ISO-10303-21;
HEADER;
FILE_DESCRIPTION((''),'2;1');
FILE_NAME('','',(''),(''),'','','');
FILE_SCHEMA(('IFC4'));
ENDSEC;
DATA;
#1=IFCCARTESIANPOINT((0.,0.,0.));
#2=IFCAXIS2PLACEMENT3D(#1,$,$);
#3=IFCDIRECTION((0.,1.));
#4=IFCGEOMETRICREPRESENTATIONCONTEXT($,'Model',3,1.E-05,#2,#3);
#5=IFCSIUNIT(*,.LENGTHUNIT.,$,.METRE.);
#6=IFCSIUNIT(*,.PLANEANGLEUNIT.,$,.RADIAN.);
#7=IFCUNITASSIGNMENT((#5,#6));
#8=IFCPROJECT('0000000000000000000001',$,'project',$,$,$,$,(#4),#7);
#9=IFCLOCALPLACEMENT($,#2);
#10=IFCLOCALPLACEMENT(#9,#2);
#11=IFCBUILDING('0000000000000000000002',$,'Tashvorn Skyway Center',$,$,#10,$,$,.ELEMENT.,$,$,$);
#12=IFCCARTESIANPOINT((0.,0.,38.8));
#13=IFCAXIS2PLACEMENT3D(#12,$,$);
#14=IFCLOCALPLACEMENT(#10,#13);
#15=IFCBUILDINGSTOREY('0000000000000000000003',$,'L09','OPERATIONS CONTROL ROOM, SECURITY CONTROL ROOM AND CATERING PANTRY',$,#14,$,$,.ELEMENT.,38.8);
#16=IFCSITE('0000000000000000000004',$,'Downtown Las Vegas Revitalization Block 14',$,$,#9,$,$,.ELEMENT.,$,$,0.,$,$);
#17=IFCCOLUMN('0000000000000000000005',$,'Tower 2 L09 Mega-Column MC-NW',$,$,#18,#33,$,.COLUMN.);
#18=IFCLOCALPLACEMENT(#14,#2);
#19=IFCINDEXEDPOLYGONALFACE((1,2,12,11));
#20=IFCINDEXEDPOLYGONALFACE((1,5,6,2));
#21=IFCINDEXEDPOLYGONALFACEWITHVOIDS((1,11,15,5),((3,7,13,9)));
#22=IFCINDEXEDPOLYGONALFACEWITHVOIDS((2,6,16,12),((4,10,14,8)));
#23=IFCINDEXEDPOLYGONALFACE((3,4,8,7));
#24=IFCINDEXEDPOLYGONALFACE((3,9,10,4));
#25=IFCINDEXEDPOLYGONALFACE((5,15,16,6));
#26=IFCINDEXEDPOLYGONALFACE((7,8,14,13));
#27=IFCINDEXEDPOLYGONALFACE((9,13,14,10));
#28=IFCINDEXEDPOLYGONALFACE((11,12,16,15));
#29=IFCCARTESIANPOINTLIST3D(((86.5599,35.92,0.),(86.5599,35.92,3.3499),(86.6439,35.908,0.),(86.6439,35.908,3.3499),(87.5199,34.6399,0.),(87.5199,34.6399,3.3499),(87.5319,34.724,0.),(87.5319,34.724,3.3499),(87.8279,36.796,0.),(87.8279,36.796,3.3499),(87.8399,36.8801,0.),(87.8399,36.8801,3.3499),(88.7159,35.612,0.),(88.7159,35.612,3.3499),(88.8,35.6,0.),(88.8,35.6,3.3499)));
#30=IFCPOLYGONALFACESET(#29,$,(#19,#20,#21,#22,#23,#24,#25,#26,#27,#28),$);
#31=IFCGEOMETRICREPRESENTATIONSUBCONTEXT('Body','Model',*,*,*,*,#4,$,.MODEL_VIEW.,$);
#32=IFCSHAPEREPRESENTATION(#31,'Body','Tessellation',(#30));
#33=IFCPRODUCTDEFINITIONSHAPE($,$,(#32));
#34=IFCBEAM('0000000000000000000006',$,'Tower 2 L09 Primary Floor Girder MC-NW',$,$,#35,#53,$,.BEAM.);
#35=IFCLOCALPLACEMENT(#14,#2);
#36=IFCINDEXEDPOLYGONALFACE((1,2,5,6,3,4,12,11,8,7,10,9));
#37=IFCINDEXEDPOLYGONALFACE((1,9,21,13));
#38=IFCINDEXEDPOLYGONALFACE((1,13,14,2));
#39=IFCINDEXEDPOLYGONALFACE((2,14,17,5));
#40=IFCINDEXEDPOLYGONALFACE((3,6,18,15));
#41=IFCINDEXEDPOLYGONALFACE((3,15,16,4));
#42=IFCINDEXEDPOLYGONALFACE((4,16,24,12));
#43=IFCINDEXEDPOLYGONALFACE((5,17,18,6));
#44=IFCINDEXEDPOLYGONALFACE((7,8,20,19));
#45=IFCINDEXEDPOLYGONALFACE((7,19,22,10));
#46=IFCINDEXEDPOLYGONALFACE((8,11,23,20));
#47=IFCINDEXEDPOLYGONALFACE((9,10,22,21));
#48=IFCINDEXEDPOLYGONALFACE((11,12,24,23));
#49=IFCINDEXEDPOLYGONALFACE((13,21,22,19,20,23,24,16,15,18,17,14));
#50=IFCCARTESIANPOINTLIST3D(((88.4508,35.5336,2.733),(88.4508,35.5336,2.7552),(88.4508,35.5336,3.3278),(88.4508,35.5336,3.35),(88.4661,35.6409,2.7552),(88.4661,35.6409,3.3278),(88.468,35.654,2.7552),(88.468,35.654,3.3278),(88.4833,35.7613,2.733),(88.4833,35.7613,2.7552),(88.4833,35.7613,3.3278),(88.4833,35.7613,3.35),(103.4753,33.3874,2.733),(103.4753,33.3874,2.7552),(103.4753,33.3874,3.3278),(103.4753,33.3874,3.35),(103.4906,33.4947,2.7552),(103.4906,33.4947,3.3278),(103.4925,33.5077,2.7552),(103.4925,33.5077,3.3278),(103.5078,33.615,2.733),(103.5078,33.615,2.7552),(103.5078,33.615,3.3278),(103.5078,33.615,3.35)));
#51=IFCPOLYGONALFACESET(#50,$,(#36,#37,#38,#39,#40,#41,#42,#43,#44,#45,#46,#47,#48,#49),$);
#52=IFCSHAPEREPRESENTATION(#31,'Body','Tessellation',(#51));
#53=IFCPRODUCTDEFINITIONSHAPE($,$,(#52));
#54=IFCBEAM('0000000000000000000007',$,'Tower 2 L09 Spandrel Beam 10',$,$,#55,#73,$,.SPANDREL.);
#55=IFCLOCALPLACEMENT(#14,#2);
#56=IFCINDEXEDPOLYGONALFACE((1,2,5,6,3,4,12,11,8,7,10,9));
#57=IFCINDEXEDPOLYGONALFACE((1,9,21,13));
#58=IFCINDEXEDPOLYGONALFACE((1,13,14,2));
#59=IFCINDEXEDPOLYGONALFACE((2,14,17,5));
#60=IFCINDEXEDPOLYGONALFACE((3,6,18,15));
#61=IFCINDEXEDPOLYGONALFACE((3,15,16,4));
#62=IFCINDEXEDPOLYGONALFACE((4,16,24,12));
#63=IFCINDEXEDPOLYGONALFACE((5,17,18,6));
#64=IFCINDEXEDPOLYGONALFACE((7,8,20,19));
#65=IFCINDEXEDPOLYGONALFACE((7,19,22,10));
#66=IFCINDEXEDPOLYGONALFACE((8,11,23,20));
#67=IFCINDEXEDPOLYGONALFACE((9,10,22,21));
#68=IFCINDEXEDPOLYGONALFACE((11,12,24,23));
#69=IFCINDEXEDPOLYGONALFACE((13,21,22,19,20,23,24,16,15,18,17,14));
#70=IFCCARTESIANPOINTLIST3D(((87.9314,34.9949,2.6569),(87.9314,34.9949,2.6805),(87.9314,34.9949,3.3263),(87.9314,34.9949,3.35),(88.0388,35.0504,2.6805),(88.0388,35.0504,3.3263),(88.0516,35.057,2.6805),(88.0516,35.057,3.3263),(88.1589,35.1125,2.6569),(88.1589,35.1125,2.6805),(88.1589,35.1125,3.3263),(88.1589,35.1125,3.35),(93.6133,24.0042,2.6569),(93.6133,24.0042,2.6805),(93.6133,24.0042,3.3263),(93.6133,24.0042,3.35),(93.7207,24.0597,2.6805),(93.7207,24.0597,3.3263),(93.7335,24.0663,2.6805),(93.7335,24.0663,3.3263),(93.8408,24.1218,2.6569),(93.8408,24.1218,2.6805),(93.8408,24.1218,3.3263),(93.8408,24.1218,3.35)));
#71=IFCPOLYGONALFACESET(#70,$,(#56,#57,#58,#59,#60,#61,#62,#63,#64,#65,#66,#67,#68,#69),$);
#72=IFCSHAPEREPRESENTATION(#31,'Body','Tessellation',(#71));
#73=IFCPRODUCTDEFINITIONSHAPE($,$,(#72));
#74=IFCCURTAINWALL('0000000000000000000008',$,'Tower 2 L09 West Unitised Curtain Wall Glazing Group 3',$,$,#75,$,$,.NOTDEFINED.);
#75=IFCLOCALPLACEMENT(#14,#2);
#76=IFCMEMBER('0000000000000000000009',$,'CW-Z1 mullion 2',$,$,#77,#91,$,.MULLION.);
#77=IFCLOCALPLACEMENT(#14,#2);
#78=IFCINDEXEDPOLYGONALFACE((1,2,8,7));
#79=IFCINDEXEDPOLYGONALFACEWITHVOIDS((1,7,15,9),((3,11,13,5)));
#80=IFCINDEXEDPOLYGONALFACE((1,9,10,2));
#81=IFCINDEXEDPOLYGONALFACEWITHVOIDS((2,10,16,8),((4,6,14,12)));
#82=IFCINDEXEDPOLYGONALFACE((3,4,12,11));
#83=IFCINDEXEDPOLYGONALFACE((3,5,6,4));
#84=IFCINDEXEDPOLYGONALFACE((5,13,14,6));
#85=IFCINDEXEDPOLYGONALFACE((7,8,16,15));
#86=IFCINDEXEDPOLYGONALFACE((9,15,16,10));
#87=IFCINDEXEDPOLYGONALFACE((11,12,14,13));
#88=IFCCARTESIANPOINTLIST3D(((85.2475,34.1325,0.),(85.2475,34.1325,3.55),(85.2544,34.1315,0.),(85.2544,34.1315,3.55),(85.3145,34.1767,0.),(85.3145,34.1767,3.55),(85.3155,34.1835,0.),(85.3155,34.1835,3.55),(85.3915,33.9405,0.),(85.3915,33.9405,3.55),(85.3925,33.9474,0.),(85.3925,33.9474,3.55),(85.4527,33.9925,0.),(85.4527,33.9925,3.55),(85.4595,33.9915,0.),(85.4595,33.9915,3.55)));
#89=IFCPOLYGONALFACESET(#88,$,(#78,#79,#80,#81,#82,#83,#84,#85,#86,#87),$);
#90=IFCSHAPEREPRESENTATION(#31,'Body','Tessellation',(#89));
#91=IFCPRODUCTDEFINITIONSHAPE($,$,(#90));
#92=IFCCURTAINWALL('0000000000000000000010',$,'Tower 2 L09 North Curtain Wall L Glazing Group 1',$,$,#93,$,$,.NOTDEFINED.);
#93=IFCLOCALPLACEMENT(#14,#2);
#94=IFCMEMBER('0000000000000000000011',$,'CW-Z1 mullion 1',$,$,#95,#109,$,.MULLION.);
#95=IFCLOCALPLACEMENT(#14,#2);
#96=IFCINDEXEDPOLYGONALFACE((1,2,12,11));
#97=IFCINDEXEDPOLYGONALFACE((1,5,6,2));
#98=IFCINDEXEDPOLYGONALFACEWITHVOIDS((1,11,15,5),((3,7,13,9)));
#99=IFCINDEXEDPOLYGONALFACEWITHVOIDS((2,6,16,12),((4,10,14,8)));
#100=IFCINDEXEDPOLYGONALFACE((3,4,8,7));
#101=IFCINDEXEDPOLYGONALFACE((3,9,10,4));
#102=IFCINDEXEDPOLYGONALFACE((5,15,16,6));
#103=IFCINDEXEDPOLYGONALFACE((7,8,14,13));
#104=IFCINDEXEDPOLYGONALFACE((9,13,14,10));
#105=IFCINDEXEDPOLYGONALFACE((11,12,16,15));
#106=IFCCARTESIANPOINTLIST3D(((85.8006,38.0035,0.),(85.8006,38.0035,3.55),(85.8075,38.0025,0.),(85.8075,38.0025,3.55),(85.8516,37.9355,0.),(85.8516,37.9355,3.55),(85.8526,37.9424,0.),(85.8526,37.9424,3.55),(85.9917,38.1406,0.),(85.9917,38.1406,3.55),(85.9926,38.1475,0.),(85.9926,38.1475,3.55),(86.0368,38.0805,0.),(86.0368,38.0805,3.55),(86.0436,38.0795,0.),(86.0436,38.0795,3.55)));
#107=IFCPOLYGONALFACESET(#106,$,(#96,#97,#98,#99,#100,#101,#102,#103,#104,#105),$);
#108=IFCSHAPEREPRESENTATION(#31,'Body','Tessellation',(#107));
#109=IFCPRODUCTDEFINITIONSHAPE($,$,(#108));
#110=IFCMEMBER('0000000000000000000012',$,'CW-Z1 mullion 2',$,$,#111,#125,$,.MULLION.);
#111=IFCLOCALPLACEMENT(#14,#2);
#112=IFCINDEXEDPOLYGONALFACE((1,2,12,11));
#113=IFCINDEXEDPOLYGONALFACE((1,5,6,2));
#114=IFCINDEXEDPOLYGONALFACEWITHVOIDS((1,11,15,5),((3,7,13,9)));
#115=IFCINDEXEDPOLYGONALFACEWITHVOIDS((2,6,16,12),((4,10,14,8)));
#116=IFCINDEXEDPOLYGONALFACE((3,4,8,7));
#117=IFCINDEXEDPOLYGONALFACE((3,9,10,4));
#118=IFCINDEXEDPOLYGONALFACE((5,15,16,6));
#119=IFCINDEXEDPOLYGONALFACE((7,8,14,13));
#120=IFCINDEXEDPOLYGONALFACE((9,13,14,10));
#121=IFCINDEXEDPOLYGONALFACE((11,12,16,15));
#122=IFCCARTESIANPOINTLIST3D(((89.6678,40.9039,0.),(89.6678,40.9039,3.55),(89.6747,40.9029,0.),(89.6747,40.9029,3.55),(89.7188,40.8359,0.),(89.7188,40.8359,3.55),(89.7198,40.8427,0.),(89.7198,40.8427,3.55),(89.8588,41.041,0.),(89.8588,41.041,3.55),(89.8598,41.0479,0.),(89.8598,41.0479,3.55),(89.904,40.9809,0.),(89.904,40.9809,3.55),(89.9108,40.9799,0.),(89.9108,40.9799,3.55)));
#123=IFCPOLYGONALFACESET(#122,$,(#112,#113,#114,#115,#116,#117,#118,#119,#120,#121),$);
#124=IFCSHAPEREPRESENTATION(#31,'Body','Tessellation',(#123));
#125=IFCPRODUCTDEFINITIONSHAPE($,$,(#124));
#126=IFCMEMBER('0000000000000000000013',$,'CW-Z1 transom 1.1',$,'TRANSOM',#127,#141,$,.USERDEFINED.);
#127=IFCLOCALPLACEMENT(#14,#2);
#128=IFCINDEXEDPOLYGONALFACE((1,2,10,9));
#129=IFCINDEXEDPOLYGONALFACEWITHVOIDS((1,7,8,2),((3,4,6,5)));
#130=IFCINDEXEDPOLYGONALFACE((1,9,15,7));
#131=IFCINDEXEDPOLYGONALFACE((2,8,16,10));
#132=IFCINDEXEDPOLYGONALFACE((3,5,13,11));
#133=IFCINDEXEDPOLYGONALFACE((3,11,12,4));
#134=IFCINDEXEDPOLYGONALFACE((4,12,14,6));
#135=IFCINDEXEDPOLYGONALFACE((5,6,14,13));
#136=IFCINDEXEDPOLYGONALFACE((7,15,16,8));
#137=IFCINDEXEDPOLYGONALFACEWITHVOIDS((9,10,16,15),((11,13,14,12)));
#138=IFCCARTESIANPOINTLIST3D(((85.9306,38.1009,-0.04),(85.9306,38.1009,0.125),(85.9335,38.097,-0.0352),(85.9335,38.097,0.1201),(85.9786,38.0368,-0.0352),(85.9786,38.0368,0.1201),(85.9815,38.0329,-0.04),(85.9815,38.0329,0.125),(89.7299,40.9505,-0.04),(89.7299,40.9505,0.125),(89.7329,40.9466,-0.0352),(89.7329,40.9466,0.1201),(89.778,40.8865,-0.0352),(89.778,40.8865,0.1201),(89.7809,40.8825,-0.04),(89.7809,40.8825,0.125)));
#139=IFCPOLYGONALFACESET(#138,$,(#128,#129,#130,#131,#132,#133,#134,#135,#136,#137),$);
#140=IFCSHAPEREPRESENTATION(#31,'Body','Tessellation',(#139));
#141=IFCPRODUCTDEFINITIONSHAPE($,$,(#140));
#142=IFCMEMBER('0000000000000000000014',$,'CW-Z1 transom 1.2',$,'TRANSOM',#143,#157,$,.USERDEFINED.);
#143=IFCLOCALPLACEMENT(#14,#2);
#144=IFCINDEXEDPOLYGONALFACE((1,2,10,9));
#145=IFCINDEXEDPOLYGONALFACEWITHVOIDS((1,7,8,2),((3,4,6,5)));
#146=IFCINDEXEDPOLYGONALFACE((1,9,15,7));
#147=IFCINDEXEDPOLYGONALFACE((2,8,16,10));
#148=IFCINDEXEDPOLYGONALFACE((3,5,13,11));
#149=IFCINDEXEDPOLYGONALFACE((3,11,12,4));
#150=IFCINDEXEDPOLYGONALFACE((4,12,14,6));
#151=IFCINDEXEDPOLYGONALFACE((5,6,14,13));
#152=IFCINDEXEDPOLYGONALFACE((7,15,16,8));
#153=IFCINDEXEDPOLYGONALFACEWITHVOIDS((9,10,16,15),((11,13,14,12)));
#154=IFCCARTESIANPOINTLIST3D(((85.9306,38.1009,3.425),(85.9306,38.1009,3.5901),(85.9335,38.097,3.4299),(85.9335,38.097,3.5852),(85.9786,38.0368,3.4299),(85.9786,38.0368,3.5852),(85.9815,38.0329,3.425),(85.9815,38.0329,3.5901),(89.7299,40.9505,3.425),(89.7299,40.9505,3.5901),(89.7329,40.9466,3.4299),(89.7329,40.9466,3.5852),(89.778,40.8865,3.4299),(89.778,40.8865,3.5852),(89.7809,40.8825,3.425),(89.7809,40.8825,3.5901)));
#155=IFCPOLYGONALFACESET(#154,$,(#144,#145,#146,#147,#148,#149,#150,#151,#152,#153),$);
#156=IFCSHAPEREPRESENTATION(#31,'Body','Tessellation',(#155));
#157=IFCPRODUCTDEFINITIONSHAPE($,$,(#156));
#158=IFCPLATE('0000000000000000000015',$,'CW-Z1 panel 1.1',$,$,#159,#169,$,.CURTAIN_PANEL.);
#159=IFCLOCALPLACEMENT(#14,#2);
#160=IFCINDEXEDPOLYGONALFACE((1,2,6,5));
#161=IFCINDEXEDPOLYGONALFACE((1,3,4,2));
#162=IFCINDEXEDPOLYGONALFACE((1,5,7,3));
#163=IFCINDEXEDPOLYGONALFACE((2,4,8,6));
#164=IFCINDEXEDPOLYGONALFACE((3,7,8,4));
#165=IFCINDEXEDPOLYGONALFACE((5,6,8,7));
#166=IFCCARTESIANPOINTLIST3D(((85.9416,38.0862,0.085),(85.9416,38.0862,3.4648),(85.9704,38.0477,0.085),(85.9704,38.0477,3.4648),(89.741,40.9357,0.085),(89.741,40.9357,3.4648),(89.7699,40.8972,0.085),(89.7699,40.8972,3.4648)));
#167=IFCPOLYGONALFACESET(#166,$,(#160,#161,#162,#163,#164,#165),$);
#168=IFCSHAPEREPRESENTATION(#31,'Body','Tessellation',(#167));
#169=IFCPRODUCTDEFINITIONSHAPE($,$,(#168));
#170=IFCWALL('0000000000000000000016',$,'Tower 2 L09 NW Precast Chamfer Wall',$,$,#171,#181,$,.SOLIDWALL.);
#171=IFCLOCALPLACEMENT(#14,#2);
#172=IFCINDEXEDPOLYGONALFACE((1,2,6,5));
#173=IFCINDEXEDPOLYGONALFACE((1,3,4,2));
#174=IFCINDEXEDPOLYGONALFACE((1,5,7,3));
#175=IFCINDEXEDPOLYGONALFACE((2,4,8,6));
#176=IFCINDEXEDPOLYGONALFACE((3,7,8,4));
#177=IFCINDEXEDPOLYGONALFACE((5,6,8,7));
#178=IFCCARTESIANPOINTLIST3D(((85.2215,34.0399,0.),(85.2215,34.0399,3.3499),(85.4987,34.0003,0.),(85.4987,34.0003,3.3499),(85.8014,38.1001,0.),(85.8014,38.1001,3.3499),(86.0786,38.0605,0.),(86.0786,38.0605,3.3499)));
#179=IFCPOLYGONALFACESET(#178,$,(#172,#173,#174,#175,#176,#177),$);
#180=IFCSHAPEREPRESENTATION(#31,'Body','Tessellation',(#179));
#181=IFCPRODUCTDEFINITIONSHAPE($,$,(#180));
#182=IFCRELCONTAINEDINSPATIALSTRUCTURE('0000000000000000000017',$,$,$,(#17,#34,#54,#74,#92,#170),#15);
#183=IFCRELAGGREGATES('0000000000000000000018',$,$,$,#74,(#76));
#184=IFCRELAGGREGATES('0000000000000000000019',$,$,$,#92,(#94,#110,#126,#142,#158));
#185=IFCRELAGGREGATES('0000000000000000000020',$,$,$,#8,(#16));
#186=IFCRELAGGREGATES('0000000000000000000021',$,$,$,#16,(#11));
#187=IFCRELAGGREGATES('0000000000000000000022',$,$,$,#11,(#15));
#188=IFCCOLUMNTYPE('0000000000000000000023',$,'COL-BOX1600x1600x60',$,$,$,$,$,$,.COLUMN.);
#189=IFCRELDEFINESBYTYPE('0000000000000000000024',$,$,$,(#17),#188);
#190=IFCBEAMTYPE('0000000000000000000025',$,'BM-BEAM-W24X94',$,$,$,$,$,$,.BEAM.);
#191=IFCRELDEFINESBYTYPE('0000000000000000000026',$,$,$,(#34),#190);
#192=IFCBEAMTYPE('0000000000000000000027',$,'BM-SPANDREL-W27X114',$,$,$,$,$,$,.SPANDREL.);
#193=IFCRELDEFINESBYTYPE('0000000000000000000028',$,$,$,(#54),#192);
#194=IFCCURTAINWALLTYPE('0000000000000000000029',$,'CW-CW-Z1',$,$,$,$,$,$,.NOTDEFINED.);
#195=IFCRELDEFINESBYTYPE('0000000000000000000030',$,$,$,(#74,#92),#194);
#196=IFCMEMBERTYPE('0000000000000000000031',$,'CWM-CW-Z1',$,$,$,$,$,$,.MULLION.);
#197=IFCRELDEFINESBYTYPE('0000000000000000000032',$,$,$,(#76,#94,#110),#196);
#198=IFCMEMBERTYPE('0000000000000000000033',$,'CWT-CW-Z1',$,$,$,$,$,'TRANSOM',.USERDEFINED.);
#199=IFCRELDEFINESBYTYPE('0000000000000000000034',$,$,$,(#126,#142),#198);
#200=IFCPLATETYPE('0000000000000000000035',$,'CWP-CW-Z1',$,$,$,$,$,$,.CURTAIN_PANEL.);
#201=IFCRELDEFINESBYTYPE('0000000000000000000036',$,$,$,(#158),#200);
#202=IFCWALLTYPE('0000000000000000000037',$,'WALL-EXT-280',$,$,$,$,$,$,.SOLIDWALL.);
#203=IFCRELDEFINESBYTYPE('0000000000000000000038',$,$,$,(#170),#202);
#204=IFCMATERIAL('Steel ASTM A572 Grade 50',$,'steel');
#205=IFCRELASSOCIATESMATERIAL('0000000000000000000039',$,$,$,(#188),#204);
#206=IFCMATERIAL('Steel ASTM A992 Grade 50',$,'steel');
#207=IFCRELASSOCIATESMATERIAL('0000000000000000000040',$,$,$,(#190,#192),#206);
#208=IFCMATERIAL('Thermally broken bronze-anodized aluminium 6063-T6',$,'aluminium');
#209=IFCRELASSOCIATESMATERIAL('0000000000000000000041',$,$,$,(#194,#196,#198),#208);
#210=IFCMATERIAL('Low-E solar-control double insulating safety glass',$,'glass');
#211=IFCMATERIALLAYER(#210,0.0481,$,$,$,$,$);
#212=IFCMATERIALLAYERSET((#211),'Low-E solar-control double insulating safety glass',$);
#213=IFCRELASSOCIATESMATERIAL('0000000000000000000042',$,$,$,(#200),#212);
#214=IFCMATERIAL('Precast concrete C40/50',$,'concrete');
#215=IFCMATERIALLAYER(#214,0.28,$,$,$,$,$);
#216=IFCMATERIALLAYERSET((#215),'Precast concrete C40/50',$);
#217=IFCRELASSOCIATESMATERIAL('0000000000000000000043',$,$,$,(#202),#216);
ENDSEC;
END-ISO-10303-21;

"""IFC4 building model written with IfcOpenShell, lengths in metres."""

from ifc_helpers import new_model, si_unit, direction, frame, frame_2d, origin, origin_2d, place, context, subcontext, project, spatial, rectangle, hollow_rectangle, i_section, extrude, material, layer, layer_set, material_profile, profile_set, type_object, element, aggregate, save


model = new_model("IFC4")

# Units and contexts
model_context = context("Model", 3, precision=1e-05, world=origin(), true_north=direction((0.0, 1.0)))
body_context = subcontext(model_context, "Body", "Model", "MODEL_VIEW")
ifc_project = project(units=[si_unit("LENGTHUNIT", "METRE"), si_unit("PLANEANGLEUNIT", "RADIAN")], contexts=[model_context])

# Site, building, storey
site_placement = place(None, origin())
site = spatial("IfcSite", under=ifc_project, at=site_placement, Name="Downtown Las Vegas Revitalization Block 14", CompositionType="ELEMENT", RefElevation=0.0)
building_placement = place(site_placement, origin())
building = spatial("IfcBuilding", under=site, at=building_placement, Name="Tashvorn Skyway Center", CompositionType="ELEMENT")
storey_placement = place(building_placement, frame((0.0, 0.0, 38.8)))
storey = spatial("IfcBuildingStorey", under=building, at=storey_placement, Name="L09", Description="OPERATIONS CONTROL ROOM, SECURITY CONTROL ROOM AND CATERING PANTRY", CompositionType="ELEMENT", Elevation=38.8)

# Column
ifc_material_1 = material(Name="Steel ASTM A572 Grade 50", Category="steel")
ifc_material_profile_1 = material_profile(ifc_material_1, hollow_rectangle(XDim=1.6001, YDim=1.6001, WallThickness=0.0601, at=origin_2d()), Name="BOX1600x1600x60")
ifc_profile_set_1 = profile_set([ifc_material_profile_1], Name="Steel ASTM A572 Grade 50")
column_type = type_object("IfcColumnType", Name="COL-BOX1600x1600x60", PredefinedType="COLUMN", material=ifc_profile_set_1)
column_placement = place(storey_placement, frame((87.6799, 35.76, 0.0), z_axis=(0.0, 0.0, 1.0), x_axis=(0.8, 0.6, 0.0)))
element("IfcColumn", 1, at=column_placement, inside=storey, type_object=column_type, Name="Tower 2 L09 Mega-Column MC-NW", PredefinedType="COLUMN", context=body_context, shape_type="SweptSolid", body=[
    extrude(hollow_rectangle(XDim=1.6001, YDim=1.6001, WallThickness=0.0601, at=origin_2d()), origin(), (0.0, 0.0, 1.0), 3.3499),
])

# Beams
ifc_material_2 = material(Name="Steel ASTM A992 Grade 50", Category="steel")
ifc_material_profile_2 = material_profile(ifc_material_2, i_section(OverallWidth=0.23, OverallDepth=0.6169, WebThickness=0.0132, FlangeThickness=0.0222, at=origin_2d()), Name="W24X94")
ifc_profile_set_2 = profile_set([ifc_material_profile_2], Name="Steel ASTM A992 Grade 50")
beam_type_1 = type_object("IfcBeamType", Name="BM-BEAM-W24X94", PredefinedType="BEAM", material=ifc_profile_set_2)
beam_1_placement = place(storey_placement, frame((88.467, 35.6475, 3.0415), z_axis=(0.98995, -0.141415, 0.0), x_axis=(0.141415, 0.98995, 0.0)))
element("IfcBeam", 2, at=beam_1_placement, inside=storey, type_object=beam_type_1, Name="Tower 2 L09 Primary Floor Girder MC-NW", PredefinedType="BEAM", context=body_context, shape_type="SweptSolid", body=[
    extrude(i_section(OverallWidth=0.23, OverallDepth=0.6169, WebThickness=0.0132, FlangeThickness=0.0222, at=origin_2d()), origin(), (0.0, 0.0, 1.0), 15.177),
])
ifc_material_profile_3 = material_profile(ifc_material_2, i_section(OverallWidth=0.2561, OverallDepth=0.6931, WebThickness=0.0144, FlangeThickness=0.0237, at=origin_2d()), Name="W27X114")
ifc_profile_set_3 = profile_set([ifc_material_profile_3], Name="Steel ASTM A992 Grade 50")
beam_type_2 = type_object("IfcBeamType", Name="BM-SPANDREL-W27X114", PredefinedType="SPANDREL", material=ifc_profile_set_3)
beam_2_placement = place(storey_placement, frame((88.0452, 35.0537, 3.0034), z_axis=(0.459233, -0.888316, 0.0), x_axis=(0.888316, 0.459233, 0.0)))
element("IfcBeam", 3, at=beam_2_placement, inside=storey, type_object=beam_type_2, Name="Tower 2 L09 Spandrel Beam 10", PredefinedType="SPANDREL", context=body_context, shape_type="SweptSolid", body=[
    extrude(i_section(OverallWidth=0.2561, OverallDepth=0.6931, WebThickness=0.0144, FlangeThickness=0.0237, at=origin_2d()), origin(), (0.0, 0.0, 1.0), 12.3726),
])

# Curtain wall, member
ifc_material_3 = material(Name="Thermally broken bronze-anodized aluminium 6063-T6", Category="aluminium")
curtain_wall_type = type_object("IfcCurtainWallType", Name="CW-CW-Z1", PredefinedType="NOTDEFINED", material=ifc_material_3)
curtain_wall_1_placement = place(storey_placement, origin())
curtain_wall_1 = element("IfcCurtainWall", 4, at=curtain_wall_1_placement, inside=storey, type_object=curtain_wall_type, Name="Tower 2 L09 West Unitised Curtain Wall Glazing Group 3", PredefinedType="NOTDEFINED")
ifc_material_profile_4 = material_profile(ifc_material_3, hollow_rectangle(XDim=0.085, YDim=0.24, WallThickness=0.0049, at=origin_2d()), Name="ALU-MULL-85x240")
ifc_profile_set_4 = profile_set([ifc_material_profile_4], Name="Thermally broken bronze-anodized aluminium 6063-T6")
member_type_1 = type_object("IfcMemberType", Name="CWM-CW-Z1", PredefinedType="MULLION", material=ifc_profile_set_4)
member_1_placement = place(storey_placement, frame((85.3535, 34.062, 0.0), z_axis=(0.0, 0.0, 1.0), x_axis=(-0.8, -0.6, 0.0)))
member_1 = element("IfcMember", 5, at=member_1_placement, type_object=member_type_1, Name="CW-Z1 mullion 2", PredefinedType="MULLION", context=body_context, shape_type="SweptSolid", body=[
    extrude(hollow_rectangle(XDim=0.085, YDim=0.24, WallThickness=0.0049, at=origin_2d()), origin(), (0.0, 0.0, 1.0), 3.55),
])
aggregate(curtain_wall_1, [member_1])

# Curtain wall, members, plate
curtain_wall_2_placement = place(storey_placement, origin())
curtain_wall_2 = element("IfcCurtainWall", 6, at=curtain_wall_2_placement, inside=storey, type_object=curtain_wall_type, Name="Tower 2 L09 North Curtain Wall L Glazing Group 1", PredefinedType="NOTDEFINED")
member_2_placement = place(storey_placement, frame((85.9221, 38.0415, 0.0), z_axis=(0.0, 0.0, 1.0), x_axis=(-0.599998, 0.800001, 0.0)))
member_2 = element("IfcMember", 7, at=member_2_placement, type_object=member_type_1, Name="CW-Z1 mullion 1", PredefinedType="MULLION", context=body_context, shape_type="SweptSolid", body=[
    extrude(hollow_rectangle(XDim=0.085, YDim=0.24, WallThickness=0.0049, at=origin_2d()), origin(), (0.0, 0.0, 1.0), 3.55),
])
member_3_placement = place(storey_placement, frame((89.7893, 40.9419, 0.0), z_axis=(0.0, 0.0, 1.0), x_axis=(-0.599998, 0.800001, 0.0)))
member_3 = element("IfcMember", 8, at=member_3_placement, type_object=member_type_1, Name="CW-Z1 mullion 2", PredefinedType="MULLION", context=body_context, shape_type="SweptSolid", body=[
    extrude(hollow_rectangle(XDim=0.085, YDim=0.24, WallThickness=0.0049, at=origin_2d()), origin(), (0.0, 0.0, 1.0), 3.55),
])
ifc_material_profile_5 = material_profile(ifc_material_3, hollow_rectangle(XDim=0.085, YDim=0.165, WallThickness=0.0049, at=origin_2d()), Name="ALU-TRAN-85x165")
ifc_profile_set_5 = profile_set([ifc_material_profile_5], Name="Thermally broken bronze-anodized aluminium 6063-T6")
member_type_2 = type_object("IfcMemberType", Name="CWT-CW-Z1", ElementType="TRANSOM", PredefinedType="USERDEFINED", material=ifc_profile_set_5)
member_4_placement = place(storey_placement, frame((85.9561, 38.0669, 0.0425), z_axis=(0.799988, 0.600016, 0.0), x_axis=(-0.600016, 0.799988, 0.0)))
member_4 = element("IfcMember", 9, at=member_4_placement, type_object=member_type_2, Name="CW-Z1 transom 1.1", ObjectType="TRANSOM", PredefinedType="USERDEFINED", context=body_context, shape_type="SweptSolid", body=[
    extrude(hollow_rectangle(XDim=0.085, YDim=0.165, WallThickness=0.0049, at=origin_2d()), origin(), (0.0, 0.0, 1.0), 4.7493),
])
member_5_placement = place(storey_placement, frame((85.9561, 38.0669, 3.5076), z_axis=(0.799988, 0.600016, 0.0), x_axis=(-0.600016, 0.799988, 0.0)))
member_5 = element("IfcMember", 10, at=member_5_placement, type_object=member_type_2, Name="CW-Z1 transom 1.2", ObjectType="TRANSOM", PredefinedType="USERDEFINED", context=body_context, shape_type="SweptSolid", body=[
    extrude(hollow_rectangle(XDim=0.085, YDim=0.165, WallThickness=0.0049, at=origin_2d()), origin(), (0.0, 0.0, 1.0), 4.7493),
])
ifc_material_4 = material(Name="Low-E solar-control double insulating safety glass", Category="glass")
ifc_layer_1 = layer(ifc_material_4, 0.0481)
ifc_layer_set_1 = layer_set([ifc_layer_1], Name="Low-E solar-control double insulating safety glass")
plate_type = type_object("IfcPlateType", Name="CWP-CW-Z1", PredefinedType="CURTAIN_PANEL", material=ifc_layer_set_1)
plate_placement = place(storey_placement, frame((87.8557, 39.4917, 0.085), z_axis=(0.0, 0.0, 1.0), x_axis=(0.800001, 0.599998, 0.0)))
plate = element("IfcPlate", 11, at=plate_placement, type_object=plate_type, Name="CW-Z1 panel 1.1", PredefinedType="CURTAIN_PANEL", context=body_context, shape_type="SweptSolid", body=[
    extrude(rectangle(XDim=4.7493, YDim=0.0481, at=origin_2d()), origin(), (0.0, 0.0, 1.0), 3.3799),
])
aggregate(curtain_wall_2, [member_2, member_3, member_4, member_5, plate])

# Wall
ifc_material_5 = material(Name="Precast concrete C40/50", Category="concrete")
ifc_layer_2 = layer(ifc_material_5, 0.28)
ifc_layer_set_2 = layer_set([ifc_layer_2], Name="Precast concrete C40/50")
wall_type_1 = type_object("IfcWallType", Name="WALL-EXT-280", PredefinedType="SOLIDWALL", material=ifc_layer_set_2)
wall_1_placement = place(storey_placement, frame((85.3601, 34.02, 0.0), z_axis=(0.0, 0.0, 1.0), x_axis=(0.14138, 0.989955, 0.0)))
element("IfcWall", 12, at=wall_1_placement, inside=storey, type_object=wall_type_1, Name="Tower 2 L09 NW Precast Chamfer Wall", PredefinedType="SOLIDWALL", context=body_context, shape_type="SweptSolid", body=[
    extrude(rectangle(XDim=4.1013, YDim=0.28, at=frame_2d((2.0508, 0.0))), origin(), (0.0, 0.0, 1.0), 3.3499),
])

save(model, "model.ifc")
